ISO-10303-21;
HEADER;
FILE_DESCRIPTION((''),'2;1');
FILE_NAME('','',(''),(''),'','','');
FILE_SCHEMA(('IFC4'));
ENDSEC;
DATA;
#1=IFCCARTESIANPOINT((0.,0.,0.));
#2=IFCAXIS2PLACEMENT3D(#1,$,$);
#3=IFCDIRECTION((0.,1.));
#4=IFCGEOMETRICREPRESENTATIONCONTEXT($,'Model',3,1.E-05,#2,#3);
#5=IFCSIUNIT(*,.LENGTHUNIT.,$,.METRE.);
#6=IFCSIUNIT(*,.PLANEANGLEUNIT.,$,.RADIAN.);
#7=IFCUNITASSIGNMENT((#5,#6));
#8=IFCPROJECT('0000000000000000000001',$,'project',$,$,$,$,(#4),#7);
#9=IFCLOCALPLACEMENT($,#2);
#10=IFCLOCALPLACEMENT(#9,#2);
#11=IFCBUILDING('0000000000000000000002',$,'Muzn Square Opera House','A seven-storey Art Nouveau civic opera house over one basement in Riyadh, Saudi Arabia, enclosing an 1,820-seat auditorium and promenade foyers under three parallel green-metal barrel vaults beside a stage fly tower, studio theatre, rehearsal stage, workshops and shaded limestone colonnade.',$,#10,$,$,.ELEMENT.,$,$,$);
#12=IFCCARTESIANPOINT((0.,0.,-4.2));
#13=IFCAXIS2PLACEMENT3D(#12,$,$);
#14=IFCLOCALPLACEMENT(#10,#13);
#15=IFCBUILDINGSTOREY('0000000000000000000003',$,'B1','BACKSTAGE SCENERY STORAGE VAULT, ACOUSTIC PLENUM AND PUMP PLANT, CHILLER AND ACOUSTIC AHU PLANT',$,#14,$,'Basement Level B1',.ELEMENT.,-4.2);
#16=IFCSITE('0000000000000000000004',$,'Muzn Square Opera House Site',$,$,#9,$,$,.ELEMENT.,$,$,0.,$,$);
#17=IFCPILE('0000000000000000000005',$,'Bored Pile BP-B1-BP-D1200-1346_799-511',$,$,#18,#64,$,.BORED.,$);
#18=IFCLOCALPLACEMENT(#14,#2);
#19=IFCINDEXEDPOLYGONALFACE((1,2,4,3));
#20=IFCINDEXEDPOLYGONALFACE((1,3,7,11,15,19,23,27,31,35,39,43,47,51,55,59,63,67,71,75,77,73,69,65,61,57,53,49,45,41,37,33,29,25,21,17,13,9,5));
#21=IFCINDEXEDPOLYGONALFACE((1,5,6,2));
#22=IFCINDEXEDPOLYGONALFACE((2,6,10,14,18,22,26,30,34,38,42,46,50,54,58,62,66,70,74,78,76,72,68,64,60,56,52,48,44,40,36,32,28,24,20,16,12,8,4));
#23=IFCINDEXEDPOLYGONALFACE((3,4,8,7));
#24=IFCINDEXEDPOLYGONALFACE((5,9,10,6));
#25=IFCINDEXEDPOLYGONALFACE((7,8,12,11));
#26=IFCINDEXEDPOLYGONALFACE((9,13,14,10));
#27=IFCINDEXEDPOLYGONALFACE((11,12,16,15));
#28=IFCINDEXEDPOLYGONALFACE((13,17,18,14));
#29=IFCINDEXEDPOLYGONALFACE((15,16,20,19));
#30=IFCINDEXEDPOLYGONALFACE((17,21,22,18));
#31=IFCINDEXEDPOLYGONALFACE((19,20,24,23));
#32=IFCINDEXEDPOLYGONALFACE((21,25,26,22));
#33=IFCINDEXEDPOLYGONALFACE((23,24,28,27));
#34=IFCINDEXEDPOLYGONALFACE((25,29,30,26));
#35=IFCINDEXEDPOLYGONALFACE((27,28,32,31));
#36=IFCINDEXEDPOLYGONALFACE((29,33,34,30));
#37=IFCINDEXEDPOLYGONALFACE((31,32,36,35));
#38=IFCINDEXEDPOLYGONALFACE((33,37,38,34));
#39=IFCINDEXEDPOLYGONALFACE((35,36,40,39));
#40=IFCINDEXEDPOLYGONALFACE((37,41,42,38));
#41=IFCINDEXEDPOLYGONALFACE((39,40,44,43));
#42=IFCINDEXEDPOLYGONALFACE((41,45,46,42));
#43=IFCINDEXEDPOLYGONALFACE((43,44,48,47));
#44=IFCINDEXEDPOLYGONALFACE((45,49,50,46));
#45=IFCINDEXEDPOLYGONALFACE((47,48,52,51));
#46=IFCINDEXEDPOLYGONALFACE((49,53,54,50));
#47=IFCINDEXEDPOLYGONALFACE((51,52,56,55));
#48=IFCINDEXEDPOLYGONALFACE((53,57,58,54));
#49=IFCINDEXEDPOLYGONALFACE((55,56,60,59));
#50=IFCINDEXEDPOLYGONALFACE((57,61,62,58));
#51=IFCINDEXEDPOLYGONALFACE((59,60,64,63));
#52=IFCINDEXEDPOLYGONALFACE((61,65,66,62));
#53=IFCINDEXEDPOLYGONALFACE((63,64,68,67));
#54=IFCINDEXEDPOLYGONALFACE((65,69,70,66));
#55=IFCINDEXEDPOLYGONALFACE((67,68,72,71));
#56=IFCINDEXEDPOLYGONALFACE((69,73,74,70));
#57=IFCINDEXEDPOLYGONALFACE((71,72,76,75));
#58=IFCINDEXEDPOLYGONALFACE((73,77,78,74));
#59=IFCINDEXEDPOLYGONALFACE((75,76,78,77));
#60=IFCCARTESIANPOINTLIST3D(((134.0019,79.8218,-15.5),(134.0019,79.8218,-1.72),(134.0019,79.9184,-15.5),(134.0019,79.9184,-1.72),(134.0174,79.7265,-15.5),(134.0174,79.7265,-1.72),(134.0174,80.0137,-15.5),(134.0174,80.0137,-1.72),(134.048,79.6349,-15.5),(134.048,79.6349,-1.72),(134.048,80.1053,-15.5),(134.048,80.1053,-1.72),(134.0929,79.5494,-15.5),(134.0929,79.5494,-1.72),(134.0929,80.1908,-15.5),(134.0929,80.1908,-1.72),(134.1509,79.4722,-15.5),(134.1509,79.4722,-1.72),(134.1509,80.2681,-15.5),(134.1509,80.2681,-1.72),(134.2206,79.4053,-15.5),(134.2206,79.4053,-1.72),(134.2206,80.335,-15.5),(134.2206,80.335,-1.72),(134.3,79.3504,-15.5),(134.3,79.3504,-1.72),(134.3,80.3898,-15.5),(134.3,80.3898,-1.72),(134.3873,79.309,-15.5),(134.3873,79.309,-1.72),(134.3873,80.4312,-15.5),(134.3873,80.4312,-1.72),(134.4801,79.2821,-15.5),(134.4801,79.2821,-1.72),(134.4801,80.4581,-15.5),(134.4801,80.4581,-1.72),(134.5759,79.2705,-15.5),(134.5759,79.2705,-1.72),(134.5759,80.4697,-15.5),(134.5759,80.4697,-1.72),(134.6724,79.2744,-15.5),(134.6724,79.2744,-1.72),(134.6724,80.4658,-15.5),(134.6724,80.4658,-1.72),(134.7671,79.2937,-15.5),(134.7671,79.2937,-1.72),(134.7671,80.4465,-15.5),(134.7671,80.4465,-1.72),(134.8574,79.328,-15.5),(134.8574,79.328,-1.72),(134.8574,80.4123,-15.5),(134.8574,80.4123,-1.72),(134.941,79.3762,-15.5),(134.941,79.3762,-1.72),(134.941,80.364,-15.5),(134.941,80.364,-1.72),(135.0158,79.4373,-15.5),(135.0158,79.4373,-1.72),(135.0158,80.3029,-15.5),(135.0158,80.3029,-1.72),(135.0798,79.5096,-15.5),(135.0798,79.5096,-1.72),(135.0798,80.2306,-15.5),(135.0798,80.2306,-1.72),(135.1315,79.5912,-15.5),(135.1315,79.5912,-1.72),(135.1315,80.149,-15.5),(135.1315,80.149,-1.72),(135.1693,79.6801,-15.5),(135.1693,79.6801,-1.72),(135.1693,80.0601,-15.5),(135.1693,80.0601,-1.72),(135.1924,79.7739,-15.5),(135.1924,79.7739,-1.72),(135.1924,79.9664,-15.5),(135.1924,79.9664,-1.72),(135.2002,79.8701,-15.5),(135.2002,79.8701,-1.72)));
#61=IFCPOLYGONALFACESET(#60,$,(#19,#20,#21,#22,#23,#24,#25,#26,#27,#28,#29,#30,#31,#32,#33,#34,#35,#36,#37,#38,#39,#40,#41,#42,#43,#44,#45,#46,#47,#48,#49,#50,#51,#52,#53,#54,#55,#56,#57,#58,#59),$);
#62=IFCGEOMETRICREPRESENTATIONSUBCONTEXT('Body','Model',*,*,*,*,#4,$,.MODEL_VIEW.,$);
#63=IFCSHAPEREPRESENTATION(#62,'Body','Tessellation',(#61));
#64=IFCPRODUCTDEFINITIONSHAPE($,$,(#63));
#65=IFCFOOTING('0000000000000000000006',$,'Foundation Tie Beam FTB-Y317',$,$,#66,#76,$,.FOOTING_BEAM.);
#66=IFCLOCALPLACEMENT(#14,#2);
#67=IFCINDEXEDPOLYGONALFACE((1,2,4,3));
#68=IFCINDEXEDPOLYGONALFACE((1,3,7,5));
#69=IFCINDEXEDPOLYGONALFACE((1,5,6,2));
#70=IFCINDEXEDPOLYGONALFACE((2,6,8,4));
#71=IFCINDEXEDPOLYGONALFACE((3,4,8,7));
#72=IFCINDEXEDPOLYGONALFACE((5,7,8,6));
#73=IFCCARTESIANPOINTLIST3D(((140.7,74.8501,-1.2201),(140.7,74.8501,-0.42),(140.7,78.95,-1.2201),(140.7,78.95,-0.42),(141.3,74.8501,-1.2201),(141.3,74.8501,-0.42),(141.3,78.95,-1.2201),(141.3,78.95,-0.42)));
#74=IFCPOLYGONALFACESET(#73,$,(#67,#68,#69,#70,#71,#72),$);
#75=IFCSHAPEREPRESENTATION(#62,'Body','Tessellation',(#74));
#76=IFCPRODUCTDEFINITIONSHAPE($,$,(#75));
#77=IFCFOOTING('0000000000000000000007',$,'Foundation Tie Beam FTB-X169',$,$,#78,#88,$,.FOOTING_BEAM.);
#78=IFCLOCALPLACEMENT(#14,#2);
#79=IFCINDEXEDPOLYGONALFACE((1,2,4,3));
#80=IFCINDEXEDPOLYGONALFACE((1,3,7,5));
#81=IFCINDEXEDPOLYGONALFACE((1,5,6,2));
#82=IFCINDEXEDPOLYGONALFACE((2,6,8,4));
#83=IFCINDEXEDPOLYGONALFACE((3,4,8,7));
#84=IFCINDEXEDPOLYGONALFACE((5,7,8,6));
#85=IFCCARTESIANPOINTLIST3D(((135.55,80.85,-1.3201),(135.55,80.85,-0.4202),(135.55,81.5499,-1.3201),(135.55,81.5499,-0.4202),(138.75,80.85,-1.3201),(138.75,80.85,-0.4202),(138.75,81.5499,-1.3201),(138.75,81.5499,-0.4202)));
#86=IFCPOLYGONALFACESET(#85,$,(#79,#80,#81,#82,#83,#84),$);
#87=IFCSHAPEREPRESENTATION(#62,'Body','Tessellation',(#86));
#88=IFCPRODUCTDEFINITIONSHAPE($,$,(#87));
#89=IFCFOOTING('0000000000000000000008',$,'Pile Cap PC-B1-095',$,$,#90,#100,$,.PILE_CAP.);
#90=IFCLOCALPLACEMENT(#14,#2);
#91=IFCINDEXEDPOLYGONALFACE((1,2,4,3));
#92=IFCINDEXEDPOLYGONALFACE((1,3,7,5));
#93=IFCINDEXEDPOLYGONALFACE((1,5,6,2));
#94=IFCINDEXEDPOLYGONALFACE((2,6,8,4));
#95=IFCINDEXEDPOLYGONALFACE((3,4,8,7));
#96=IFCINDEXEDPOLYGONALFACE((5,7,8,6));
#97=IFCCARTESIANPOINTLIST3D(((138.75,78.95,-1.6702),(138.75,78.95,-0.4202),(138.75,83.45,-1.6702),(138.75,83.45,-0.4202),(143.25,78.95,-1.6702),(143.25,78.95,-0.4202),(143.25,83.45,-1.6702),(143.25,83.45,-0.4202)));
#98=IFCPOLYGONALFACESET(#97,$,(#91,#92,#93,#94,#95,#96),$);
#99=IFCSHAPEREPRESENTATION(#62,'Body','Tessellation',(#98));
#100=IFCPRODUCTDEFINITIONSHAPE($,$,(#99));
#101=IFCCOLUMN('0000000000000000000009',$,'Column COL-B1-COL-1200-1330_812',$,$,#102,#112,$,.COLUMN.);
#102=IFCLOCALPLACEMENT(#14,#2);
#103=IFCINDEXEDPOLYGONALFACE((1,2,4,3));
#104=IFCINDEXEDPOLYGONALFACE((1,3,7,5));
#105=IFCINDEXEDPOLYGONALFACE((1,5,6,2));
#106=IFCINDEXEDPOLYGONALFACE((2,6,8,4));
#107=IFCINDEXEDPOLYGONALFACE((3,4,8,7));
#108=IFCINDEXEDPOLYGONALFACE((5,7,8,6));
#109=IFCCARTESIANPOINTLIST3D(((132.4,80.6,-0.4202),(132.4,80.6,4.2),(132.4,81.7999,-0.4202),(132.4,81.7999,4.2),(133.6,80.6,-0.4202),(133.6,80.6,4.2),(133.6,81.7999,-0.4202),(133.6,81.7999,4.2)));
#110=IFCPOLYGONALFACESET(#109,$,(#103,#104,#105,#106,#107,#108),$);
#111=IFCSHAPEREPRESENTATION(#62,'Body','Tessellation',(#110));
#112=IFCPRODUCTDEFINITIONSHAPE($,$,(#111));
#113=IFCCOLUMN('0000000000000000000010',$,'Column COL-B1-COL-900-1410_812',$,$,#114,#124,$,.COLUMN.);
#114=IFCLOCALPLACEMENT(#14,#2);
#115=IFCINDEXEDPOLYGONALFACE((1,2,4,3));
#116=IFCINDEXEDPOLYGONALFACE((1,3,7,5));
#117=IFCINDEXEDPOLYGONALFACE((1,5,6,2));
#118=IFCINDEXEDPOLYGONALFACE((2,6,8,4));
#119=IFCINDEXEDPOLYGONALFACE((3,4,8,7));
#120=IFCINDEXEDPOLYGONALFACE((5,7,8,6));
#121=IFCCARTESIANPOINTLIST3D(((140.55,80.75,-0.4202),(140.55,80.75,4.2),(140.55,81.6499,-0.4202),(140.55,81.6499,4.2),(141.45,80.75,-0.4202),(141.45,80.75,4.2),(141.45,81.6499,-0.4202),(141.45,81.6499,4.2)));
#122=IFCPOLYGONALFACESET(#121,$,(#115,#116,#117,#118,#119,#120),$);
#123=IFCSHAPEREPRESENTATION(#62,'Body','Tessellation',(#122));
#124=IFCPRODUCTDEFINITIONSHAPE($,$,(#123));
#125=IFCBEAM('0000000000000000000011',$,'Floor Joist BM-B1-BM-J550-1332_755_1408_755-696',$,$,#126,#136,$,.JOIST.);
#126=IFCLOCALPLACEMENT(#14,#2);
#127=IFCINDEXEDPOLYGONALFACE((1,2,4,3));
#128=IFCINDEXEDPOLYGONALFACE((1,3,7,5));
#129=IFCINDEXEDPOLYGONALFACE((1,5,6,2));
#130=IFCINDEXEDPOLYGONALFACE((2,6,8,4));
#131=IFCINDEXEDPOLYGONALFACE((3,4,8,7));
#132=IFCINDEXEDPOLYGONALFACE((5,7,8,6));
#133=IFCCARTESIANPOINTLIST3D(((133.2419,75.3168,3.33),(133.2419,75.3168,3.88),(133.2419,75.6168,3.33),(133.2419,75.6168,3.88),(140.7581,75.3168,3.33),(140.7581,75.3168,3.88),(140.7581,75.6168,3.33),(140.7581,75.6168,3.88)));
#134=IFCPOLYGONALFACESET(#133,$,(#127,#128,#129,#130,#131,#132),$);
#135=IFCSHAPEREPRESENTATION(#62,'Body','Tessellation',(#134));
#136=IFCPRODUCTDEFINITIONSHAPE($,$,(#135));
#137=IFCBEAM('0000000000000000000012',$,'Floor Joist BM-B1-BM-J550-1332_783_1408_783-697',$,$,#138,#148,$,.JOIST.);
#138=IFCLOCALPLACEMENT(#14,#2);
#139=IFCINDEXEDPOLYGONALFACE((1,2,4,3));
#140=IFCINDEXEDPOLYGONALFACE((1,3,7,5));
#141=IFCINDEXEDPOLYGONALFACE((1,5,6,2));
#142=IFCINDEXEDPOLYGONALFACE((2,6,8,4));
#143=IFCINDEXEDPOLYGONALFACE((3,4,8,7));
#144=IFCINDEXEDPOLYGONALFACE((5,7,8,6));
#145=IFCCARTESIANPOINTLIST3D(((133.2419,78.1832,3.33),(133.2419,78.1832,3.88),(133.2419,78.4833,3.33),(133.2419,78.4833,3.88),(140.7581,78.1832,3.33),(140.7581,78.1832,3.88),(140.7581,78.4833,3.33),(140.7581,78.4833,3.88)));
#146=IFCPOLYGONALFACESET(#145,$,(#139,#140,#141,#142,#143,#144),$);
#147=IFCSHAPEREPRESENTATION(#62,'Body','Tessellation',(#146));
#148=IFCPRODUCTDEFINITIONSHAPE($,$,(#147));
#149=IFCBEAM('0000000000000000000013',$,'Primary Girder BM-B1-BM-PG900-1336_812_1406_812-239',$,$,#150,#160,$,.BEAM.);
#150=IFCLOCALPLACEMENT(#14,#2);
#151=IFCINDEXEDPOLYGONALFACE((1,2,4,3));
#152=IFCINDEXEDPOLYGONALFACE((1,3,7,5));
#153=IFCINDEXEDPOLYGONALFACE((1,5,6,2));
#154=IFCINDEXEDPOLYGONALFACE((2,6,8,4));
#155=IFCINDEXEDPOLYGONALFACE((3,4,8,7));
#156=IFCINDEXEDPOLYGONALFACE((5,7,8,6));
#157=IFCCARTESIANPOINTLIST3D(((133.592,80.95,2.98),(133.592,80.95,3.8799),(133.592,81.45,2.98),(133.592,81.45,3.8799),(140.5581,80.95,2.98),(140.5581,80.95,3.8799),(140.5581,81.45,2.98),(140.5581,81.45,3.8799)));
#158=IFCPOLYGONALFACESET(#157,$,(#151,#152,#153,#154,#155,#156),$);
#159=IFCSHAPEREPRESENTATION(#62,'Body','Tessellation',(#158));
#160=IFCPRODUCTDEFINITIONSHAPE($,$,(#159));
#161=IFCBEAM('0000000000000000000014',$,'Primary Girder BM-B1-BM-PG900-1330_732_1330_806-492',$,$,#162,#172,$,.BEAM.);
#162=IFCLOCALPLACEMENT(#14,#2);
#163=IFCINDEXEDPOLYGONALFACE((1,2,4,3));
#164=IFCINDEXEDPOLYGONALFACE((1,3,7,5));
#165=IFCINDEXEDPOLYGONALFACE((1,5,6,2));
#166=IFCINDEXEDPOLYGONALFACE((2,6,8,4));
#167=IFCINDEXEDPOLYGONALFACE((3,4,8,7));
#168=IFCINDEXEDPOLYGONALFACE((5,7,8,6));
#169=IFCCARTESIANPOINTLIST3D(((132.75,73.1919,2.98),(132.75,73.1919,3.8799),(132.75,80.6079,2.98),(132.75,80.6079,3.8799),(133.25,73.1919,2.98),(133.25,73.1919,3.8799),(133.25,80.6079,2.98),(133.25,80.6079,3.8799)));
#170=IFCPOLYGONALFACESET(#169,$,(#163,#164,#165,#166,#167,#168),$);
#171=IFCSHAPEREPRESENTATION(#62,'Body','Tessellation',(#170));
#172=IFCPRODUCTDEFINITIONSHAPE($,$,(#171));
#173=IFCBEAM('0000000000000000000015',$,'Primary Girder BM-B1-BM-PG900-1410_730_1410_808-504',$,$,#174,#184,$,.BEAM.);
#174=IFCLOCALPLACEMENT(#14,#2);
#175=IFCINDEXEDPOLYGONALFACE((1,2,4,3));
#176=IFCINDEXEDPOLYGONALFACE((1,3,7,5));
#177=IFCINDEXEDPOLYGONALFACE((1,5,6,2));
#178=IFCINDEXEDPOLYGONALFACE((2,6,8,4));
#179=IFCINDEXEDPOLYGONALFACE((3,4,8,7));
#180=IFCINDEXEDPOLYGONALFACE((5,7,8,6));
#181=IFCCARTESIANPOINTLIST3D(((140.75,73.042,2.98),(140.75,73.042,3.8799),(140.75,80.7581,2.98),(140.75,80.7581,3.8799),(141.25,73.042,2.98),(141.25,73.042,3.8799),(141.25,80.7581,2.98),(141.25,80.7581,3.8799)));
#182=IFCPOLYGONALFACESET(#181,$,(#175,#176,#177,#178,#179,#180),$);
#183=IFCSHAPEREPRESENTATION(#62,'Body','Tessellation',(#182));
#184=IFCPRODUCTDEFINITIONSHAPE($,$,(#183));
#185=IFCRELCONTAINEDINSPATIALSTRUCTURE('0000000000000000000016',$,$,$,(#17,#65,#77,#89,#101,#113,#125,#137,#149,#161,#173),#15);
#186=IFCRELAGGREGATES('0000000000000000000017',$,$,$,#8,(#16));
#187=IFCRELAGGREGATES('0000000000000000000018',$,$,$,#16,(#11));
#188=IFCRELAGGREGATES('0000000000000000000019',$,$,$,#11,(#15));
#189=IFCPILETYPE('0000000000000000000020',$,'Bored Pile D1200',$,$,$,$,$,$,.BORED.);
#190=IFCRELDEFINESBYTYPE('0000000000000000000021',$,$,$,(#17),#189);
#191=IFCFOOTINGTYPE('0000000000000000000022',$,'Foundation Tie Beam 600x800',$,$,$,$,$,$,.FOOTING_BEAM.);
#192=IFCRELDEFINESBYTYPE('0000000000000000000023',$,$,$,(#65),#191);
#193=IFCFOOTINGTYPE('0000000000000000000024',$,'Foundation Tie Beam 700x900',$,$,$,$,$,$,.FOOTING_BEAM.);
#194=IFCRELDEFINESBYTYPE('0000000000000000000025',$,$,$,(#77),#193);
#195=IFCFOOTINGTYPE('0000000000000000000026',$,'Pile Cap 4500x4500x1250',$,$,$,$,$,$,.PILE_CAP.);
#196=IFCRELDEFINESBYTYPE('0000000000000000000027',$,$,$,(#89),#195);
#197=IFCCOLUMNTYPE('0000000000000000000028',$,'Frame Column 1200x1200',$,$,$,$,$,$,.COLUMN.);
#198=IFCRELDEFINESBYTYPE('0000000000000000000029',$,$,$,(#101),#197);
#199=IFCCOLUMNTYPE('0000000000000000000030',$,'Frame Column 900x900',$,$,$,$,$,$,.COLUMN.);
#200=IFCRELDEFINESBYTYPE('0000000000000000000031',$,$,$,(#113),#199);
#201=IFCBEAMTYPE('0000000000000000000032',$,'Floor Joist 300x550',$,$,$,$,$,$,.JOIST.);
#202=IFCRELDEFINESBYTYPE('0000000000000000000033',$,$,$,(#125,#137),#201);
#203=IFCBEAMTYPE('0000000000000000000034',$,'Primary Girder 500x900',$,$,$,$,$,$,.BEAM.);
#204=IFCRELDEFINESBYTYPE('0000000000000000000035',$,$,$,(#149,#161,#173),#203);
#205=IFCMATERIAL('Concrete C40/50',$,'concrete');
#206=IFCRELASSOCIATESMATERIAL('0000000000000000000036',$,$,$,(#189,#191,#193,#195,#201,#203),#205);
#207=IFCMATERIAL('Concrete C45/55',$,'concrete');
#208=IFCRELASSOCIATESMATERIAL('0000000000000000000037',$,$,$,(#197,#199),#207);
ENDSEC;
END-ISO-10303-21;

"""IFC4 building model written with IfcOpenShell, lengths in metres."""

from ifc_helpers import new_model, si_unit, direction, frame, origin, origin_2d, place, context, subcontext, project, spatial, rectangle, circle, extrude, material, material_profile, profile_set, type_object, element, save


model = new_model("IFC4")

# Units and contexts
model_context = context("Model", 3, precision=1e-05, world=origin(), true_north=direction((0.0, 1.0)))
body_context = subcontext(model_context, "Body", "Model", "MODEL_VIEW")
ifc_project = project(units=[si_unit("LENGTHUNIT", "METRE"), si_unit("PLANEANGLEUNIT", "RADIAN")], contexts=[model_context])

# Site, building, storey
site_placement = place(None, origin())
site = spatial("IfcSite", under=ifc_project, at=site_placement, Name="Muzn Square Opera House Site", CompositionType="ELEMENT", RefElevation=0.0)
building_placement = place(site_placement, origin())
building = spatial("IfcBuilding", under=site, at=building_placement, Name="Muzn Square Opera House", Description="A seven-storey Art Nouveau civic opera house over one basement in Riyadh, Saudi Arabia, enclosing an 1,820-seat auditorium and promenade foyers under three parallel green-metal barrel vaults beside a stage fly tower, studio theatre, rehearsal stage, workshops and shaded limestone colonnade.", CompositionType="ELEMENT")
storey_placement = place(building_placement, frame((0.0, 0.0, -4.2)))
storey = spatial("IfcBuildingStorey", under=building, at=storey_placement, Name="B1", Description="BACKSTAGE SCENERY STORAGE VAULT, ACOUSTIC PLENUM AND PUMP PLANT, CHILLER AND ACOUSTIC AHU PLANT", LongName="Basement Level B1", CompositionType="ELEMENT", Elevation=-4.2)

# Pile
ifc_material_1 = material(Name="Concrete C40/50", Category="concrete")
ifc_material_profile_1 = material_profile(ifc_material_1, circle(Radius=0.6001, at=origin_2d()), Name="BORED PILE D1200", Category="concrete")
ifc_profile_set_1 = profile_set([ifc_material_profile_1], Name="Concrete C40/50")
pile_type_1 = type_object("IfcPileType", Name="Bored Pile D1200", PredefinedType="BORED", material=ifc_profile_set_1)
for number, where, z_axis, x_axis, name in (
    (1, (134.6001, 79.8701, -1.72), (0.0, 0.0, -1.0), (1.0, 0.0, 0.0), "Bored Pile BP-B1-BP-D1200-1346_799-511"),
):
    element("IfcPile", number, at=place(storey_placement, frame(where, z_axis=z_axis, x_axis=x_axis)), inside=storey, type_object=pile_type_1, Name=name, PredefinedType="BORED", context=body_context, shape_type="SweptSolid", body=[
        extrude(circle(Radius=0.6001, at=origin_2d()), origin(), (0.0, 0.0, 1.0), 13.78),
    ])

# Footings
ifc_material_profile_2 = material_profile(ifc_material_1, rectangle(XDim=0.6001, YDim=0.8, at=origin_2d()), Name="RCTB 600x800", Category="concrete")
ifc_profile_set_2 = profile_set([ifc_material_profile_2], Name="Concrete C40/50")
footing_type_1 = type_object("IfcFootingType", Name="Foundation Tie Beam 600x800", PredefinedType="FOOTING_BEAM", material=ifc_profile_set_2)
footing_1_placement = place(storey_placement, frame((141.0, 74.8501, -0.8201), z_axis=(0.0, 1.0, 0.0), x_axis=(-1.0, 0.0, 0.0)))
element("IfcFooting", 2, at=footing_1_placement, inside=storey, type_object=footing_type_1, Name="Foundation Tie Beam FTB-Y317", PredefinedType="FOOTING_BEAM", context=body_context, shape_type="SweptSolid", body=[
    extrude(rectangle(XDim=0.6001, YDim=0.8, at=origin_2d()), origin(), (0.0, 0.0, 1.0), 4.0999),
])
ifc_material_profile_3 = material_profile(ifc_material_1, rectangle(XDim=0.7, YDim=0.8999, at=origin_2d()), Name="RCTB 700x900", Category="concrete")
ifc_profile_set_3 = profile_set([ifc_material_profile_3], Name="Concrete C40/50")
footing_type_2 = type_object("IfcFootingType", Name="Foundation Tie Beam 700x900", PredefinedType="FOOTING_BEAM", material=ifc_profile_set_3)
footing_2_placement = place(storey_placement, frame((135.55, 81.2, -0.8701), z_axis=(1.0, 0.0, 0.0), x_axis=(0.0, 1.0, 0.0)))
element("IfcFooting", 3, at=footing_2_placement, inside=storey, type_object=footing_type_2, Name="Foundation Tie Beam FTB-X169", PredefinedType="FOOTING_BEAM", context=body_context, shape_type="SweptSolid", body=[
    extrude(rectangle(XDim=0.7, YDim=0.8999, at=origin_2d()), origin(), (0.0, 0.0, 1.0), 3.2),
])
footing_type_3 = type_object("IfcFootingType", Name="Pile Cap 4500x4500x1250", PredefinedType="PILE_CAP", material=ifc_material_1)
footing_3_placement = place(storey_placement, frame((141.0, 81.2, -1.6702), z_axis=(0.0, 0.0, 1.0), x_axis=(1.0, 0.0, 0.0)))
element("IfcFooting", 4, at=footing_3_placement, inside=storey, type_object=footing_type_3, Name="Pile Cap PC-B1-095", PredefinedType="PILE_CAP", context=body_context, shape_type="SweptSolid", body=[
    extrude(rectangle(XDim=4.5, YDim=4.5, at=origin_2d()), origin(), (0.0, 0.0, 1.0), 1.25),
])

# Columns
ifc_material_2 = material(Name="Concrete C45/55", Category="concrete")
ifc_material_profile_4 = material_profile(ifc_material_2, rectangle(XDim=1.2, YDim=1.2, at=origin_2d()), Name="RC 1200x1200", Category="concrete")
ifc_profile_set_4 = profile_set([ifc_material_profile_4], Name="Concrete C45/55")
column_type_1 = type_object("IfcColumnType", Name="Frame Column 1200x1200", PredefinedType="COLUMN", material=ifc_profile_set_4)
column_1_placement = place(storey_placement, frame((133.0, 81.2, -0.4202), z_axis=(0.0, 0.0, 1.0), x_axis=(1.0, 0.0, 0.0)))
element("IfcColumn", 5, at=column_1_placement, inside=storey, type_object=column_type_1, Name="Column COL-B1-COL-1200-1330_812", PredefinedType="COLUMN", context=body_context, shape_type="SweptSolid", body=[
    extrude(rectangle(XDim=1.2, YDim=1.2, at=origin_2d()), origin(), (0.0, 0.0, 1.0), 4.6201),
])
ifc_material_profile_5 = material_profile(ifc_material_2, rectangle(XDim=0.8999, YDim=0.8999, at=origin_2d()), Name="RC 900x900", Category="concrete")
ifc_profile_set_5 = profile_set([ifc_material_profile_5], Name="Concrete C45/55")
column_type_2 = type_object("IfcColumnType", Name="Frame Column 900x900", PredefinedType="COLUMN", material=ifc_profile_set_5)
column_2_placement = place(storey_placement, frame((141.0, 81.2, -0.4202), z_axis=(0.0, 0.0, 1.0), x_axis=(1.0, 0.0, 0.0)))
element("IfcColumn", 6, at=column_2_placement, inside=storey, type_object=column_type_2, Name="Column COL-B1-COL-900-1410_812", PredefinedType="COLUMN", context=body_context, shape_type="SweptSolid", body=[
    extrude(rectangle(XDim=0.8999, YDim=0.8999, at=origin_2d()), origin(), (0.0, 0.0, 1.0), 4.6201),
])

# Beams
ifc_material_profile_6 = material_profile(ifc_material_1, rectangle(XDim=0.3, YDim=0.55, at=origin_2d()), Name="RCJ 300x550", Category="concrete")
ifc_profile_set_6 = profile_set([ifc_material_profile_6], Name="Concrete C40/50")
beam_type_1 = type_object("IfcBeamType", Name="Floor Joist 300x550", PredefinedType="JOIST", material=ifc_profile_set_6)
for number, where, z_axis, x_axis, name in (
    (7, (133.2419, 75.4668, 3.605), (1.0, 0.0, 0.0), (0.0, 1.0, 0.0), "Floor Joist BM-B1-BM-J550-1332_755_1408_755-696"),
    (8, (133.2419, 78.3333, 3.605), (1.0, 0.0, 0.0), (0.0, 1.0, 0.0), "Floor Joist BM-B1-BM-J550-1332_783_1408_783-697"),
):
    element("IfcBeam", number, at=place(storey_placement, frame(where, z_axis=z_axis, x_axis=x_axis)), inside=storey, type_object=beam_type_1, Name=name, PredefinedType="JOIST", context=body_context, shape_type="SweptSolid", body=[
        extrude(rectangle(XDim=0.3, YDim=0.55, at=origin_2d()), origin(), (0.0, 0.0, 1.0), 7.5161),
    ])
ifc_material_profile_7 = material_profile(ifc_material_1, rectangle(XDim=0.5, YDim=0.8999, at=origin_2d()), Name="RCB 500x900", Category="concrete")
ifc_profile_set_7 = profile_set([ifc_material_profile_7], Name="Concrete C40/50")
beam_type_2 = type_object("IfcBeamType", Name="Primary Girder 500x900", PredefinedType="BEAM", material=ifc_profile_set_7)
beam_1_placement = place(storey_placement, frame((133.592, 81.2, 3.4299), z_axis=(1.0, 0.0, 0.0), x_axis=(0.0, 1.0, 0.0)))
element("IfcBeam", 9, at=beam_1_placement, inside=storey, type_object=beam_type_2, Name="Primary Girder BM-B1-BM-PG900-1336_812_1406_812-239", PredefinedType="BEAM", context=body_context, shape_type="SweptSolid", body=[
    extrude(rectangle(XDim=0.5, YDim=0.8999, at=origin_2d()), origin(), (0.0, 0.0, 1.0), 6.9661),
])
beam_2_placement = place(storey_placement, frame((133.0, 73.1919, 3.4299), z_axis=(0.0, 1.0, 0.0), x_axis=(-1.0, 0.0, 0.0)))
element("IfcBeam", 10, at=beam_2_placement, inside=storey, type_object=beam_type_2, Name="Primary Girder BM-B1-BM-PG900-1330_732_1330_806-492", PredefinedType="BEAM", context=body_context, shape_type="SweptSolid", body=[
    extrude(rectangle(XDim=0.5, YDim=0.8999, at=origin_2d()), origin(), (0.0, 0.0, 1.0), 7.416),
])
beam_3_placement = place(storey_placement, frame((141.0, 73.042, 3.4299), z_axis=(0.0, 1.0, 0.0), x_axis=(-1.0, 0.0, 0.0)))
element("IfcBeam", 11, at=beam_3_placement, inside=storey, type_object=beam_type_2, Name="Primary Girder BM-B1-BM-PG900-1410_730_1410_808-504", PredefinedType="BEAM", context=body_context, shape_type="SweptSolid", body=[
    extrude(rectangle(XDim=0.5, YDim=0.8999, at=origin_2d()), origin(), (0.0, 0.0, 1.0), 7.7161),
])

save(model, "model.ifc")
